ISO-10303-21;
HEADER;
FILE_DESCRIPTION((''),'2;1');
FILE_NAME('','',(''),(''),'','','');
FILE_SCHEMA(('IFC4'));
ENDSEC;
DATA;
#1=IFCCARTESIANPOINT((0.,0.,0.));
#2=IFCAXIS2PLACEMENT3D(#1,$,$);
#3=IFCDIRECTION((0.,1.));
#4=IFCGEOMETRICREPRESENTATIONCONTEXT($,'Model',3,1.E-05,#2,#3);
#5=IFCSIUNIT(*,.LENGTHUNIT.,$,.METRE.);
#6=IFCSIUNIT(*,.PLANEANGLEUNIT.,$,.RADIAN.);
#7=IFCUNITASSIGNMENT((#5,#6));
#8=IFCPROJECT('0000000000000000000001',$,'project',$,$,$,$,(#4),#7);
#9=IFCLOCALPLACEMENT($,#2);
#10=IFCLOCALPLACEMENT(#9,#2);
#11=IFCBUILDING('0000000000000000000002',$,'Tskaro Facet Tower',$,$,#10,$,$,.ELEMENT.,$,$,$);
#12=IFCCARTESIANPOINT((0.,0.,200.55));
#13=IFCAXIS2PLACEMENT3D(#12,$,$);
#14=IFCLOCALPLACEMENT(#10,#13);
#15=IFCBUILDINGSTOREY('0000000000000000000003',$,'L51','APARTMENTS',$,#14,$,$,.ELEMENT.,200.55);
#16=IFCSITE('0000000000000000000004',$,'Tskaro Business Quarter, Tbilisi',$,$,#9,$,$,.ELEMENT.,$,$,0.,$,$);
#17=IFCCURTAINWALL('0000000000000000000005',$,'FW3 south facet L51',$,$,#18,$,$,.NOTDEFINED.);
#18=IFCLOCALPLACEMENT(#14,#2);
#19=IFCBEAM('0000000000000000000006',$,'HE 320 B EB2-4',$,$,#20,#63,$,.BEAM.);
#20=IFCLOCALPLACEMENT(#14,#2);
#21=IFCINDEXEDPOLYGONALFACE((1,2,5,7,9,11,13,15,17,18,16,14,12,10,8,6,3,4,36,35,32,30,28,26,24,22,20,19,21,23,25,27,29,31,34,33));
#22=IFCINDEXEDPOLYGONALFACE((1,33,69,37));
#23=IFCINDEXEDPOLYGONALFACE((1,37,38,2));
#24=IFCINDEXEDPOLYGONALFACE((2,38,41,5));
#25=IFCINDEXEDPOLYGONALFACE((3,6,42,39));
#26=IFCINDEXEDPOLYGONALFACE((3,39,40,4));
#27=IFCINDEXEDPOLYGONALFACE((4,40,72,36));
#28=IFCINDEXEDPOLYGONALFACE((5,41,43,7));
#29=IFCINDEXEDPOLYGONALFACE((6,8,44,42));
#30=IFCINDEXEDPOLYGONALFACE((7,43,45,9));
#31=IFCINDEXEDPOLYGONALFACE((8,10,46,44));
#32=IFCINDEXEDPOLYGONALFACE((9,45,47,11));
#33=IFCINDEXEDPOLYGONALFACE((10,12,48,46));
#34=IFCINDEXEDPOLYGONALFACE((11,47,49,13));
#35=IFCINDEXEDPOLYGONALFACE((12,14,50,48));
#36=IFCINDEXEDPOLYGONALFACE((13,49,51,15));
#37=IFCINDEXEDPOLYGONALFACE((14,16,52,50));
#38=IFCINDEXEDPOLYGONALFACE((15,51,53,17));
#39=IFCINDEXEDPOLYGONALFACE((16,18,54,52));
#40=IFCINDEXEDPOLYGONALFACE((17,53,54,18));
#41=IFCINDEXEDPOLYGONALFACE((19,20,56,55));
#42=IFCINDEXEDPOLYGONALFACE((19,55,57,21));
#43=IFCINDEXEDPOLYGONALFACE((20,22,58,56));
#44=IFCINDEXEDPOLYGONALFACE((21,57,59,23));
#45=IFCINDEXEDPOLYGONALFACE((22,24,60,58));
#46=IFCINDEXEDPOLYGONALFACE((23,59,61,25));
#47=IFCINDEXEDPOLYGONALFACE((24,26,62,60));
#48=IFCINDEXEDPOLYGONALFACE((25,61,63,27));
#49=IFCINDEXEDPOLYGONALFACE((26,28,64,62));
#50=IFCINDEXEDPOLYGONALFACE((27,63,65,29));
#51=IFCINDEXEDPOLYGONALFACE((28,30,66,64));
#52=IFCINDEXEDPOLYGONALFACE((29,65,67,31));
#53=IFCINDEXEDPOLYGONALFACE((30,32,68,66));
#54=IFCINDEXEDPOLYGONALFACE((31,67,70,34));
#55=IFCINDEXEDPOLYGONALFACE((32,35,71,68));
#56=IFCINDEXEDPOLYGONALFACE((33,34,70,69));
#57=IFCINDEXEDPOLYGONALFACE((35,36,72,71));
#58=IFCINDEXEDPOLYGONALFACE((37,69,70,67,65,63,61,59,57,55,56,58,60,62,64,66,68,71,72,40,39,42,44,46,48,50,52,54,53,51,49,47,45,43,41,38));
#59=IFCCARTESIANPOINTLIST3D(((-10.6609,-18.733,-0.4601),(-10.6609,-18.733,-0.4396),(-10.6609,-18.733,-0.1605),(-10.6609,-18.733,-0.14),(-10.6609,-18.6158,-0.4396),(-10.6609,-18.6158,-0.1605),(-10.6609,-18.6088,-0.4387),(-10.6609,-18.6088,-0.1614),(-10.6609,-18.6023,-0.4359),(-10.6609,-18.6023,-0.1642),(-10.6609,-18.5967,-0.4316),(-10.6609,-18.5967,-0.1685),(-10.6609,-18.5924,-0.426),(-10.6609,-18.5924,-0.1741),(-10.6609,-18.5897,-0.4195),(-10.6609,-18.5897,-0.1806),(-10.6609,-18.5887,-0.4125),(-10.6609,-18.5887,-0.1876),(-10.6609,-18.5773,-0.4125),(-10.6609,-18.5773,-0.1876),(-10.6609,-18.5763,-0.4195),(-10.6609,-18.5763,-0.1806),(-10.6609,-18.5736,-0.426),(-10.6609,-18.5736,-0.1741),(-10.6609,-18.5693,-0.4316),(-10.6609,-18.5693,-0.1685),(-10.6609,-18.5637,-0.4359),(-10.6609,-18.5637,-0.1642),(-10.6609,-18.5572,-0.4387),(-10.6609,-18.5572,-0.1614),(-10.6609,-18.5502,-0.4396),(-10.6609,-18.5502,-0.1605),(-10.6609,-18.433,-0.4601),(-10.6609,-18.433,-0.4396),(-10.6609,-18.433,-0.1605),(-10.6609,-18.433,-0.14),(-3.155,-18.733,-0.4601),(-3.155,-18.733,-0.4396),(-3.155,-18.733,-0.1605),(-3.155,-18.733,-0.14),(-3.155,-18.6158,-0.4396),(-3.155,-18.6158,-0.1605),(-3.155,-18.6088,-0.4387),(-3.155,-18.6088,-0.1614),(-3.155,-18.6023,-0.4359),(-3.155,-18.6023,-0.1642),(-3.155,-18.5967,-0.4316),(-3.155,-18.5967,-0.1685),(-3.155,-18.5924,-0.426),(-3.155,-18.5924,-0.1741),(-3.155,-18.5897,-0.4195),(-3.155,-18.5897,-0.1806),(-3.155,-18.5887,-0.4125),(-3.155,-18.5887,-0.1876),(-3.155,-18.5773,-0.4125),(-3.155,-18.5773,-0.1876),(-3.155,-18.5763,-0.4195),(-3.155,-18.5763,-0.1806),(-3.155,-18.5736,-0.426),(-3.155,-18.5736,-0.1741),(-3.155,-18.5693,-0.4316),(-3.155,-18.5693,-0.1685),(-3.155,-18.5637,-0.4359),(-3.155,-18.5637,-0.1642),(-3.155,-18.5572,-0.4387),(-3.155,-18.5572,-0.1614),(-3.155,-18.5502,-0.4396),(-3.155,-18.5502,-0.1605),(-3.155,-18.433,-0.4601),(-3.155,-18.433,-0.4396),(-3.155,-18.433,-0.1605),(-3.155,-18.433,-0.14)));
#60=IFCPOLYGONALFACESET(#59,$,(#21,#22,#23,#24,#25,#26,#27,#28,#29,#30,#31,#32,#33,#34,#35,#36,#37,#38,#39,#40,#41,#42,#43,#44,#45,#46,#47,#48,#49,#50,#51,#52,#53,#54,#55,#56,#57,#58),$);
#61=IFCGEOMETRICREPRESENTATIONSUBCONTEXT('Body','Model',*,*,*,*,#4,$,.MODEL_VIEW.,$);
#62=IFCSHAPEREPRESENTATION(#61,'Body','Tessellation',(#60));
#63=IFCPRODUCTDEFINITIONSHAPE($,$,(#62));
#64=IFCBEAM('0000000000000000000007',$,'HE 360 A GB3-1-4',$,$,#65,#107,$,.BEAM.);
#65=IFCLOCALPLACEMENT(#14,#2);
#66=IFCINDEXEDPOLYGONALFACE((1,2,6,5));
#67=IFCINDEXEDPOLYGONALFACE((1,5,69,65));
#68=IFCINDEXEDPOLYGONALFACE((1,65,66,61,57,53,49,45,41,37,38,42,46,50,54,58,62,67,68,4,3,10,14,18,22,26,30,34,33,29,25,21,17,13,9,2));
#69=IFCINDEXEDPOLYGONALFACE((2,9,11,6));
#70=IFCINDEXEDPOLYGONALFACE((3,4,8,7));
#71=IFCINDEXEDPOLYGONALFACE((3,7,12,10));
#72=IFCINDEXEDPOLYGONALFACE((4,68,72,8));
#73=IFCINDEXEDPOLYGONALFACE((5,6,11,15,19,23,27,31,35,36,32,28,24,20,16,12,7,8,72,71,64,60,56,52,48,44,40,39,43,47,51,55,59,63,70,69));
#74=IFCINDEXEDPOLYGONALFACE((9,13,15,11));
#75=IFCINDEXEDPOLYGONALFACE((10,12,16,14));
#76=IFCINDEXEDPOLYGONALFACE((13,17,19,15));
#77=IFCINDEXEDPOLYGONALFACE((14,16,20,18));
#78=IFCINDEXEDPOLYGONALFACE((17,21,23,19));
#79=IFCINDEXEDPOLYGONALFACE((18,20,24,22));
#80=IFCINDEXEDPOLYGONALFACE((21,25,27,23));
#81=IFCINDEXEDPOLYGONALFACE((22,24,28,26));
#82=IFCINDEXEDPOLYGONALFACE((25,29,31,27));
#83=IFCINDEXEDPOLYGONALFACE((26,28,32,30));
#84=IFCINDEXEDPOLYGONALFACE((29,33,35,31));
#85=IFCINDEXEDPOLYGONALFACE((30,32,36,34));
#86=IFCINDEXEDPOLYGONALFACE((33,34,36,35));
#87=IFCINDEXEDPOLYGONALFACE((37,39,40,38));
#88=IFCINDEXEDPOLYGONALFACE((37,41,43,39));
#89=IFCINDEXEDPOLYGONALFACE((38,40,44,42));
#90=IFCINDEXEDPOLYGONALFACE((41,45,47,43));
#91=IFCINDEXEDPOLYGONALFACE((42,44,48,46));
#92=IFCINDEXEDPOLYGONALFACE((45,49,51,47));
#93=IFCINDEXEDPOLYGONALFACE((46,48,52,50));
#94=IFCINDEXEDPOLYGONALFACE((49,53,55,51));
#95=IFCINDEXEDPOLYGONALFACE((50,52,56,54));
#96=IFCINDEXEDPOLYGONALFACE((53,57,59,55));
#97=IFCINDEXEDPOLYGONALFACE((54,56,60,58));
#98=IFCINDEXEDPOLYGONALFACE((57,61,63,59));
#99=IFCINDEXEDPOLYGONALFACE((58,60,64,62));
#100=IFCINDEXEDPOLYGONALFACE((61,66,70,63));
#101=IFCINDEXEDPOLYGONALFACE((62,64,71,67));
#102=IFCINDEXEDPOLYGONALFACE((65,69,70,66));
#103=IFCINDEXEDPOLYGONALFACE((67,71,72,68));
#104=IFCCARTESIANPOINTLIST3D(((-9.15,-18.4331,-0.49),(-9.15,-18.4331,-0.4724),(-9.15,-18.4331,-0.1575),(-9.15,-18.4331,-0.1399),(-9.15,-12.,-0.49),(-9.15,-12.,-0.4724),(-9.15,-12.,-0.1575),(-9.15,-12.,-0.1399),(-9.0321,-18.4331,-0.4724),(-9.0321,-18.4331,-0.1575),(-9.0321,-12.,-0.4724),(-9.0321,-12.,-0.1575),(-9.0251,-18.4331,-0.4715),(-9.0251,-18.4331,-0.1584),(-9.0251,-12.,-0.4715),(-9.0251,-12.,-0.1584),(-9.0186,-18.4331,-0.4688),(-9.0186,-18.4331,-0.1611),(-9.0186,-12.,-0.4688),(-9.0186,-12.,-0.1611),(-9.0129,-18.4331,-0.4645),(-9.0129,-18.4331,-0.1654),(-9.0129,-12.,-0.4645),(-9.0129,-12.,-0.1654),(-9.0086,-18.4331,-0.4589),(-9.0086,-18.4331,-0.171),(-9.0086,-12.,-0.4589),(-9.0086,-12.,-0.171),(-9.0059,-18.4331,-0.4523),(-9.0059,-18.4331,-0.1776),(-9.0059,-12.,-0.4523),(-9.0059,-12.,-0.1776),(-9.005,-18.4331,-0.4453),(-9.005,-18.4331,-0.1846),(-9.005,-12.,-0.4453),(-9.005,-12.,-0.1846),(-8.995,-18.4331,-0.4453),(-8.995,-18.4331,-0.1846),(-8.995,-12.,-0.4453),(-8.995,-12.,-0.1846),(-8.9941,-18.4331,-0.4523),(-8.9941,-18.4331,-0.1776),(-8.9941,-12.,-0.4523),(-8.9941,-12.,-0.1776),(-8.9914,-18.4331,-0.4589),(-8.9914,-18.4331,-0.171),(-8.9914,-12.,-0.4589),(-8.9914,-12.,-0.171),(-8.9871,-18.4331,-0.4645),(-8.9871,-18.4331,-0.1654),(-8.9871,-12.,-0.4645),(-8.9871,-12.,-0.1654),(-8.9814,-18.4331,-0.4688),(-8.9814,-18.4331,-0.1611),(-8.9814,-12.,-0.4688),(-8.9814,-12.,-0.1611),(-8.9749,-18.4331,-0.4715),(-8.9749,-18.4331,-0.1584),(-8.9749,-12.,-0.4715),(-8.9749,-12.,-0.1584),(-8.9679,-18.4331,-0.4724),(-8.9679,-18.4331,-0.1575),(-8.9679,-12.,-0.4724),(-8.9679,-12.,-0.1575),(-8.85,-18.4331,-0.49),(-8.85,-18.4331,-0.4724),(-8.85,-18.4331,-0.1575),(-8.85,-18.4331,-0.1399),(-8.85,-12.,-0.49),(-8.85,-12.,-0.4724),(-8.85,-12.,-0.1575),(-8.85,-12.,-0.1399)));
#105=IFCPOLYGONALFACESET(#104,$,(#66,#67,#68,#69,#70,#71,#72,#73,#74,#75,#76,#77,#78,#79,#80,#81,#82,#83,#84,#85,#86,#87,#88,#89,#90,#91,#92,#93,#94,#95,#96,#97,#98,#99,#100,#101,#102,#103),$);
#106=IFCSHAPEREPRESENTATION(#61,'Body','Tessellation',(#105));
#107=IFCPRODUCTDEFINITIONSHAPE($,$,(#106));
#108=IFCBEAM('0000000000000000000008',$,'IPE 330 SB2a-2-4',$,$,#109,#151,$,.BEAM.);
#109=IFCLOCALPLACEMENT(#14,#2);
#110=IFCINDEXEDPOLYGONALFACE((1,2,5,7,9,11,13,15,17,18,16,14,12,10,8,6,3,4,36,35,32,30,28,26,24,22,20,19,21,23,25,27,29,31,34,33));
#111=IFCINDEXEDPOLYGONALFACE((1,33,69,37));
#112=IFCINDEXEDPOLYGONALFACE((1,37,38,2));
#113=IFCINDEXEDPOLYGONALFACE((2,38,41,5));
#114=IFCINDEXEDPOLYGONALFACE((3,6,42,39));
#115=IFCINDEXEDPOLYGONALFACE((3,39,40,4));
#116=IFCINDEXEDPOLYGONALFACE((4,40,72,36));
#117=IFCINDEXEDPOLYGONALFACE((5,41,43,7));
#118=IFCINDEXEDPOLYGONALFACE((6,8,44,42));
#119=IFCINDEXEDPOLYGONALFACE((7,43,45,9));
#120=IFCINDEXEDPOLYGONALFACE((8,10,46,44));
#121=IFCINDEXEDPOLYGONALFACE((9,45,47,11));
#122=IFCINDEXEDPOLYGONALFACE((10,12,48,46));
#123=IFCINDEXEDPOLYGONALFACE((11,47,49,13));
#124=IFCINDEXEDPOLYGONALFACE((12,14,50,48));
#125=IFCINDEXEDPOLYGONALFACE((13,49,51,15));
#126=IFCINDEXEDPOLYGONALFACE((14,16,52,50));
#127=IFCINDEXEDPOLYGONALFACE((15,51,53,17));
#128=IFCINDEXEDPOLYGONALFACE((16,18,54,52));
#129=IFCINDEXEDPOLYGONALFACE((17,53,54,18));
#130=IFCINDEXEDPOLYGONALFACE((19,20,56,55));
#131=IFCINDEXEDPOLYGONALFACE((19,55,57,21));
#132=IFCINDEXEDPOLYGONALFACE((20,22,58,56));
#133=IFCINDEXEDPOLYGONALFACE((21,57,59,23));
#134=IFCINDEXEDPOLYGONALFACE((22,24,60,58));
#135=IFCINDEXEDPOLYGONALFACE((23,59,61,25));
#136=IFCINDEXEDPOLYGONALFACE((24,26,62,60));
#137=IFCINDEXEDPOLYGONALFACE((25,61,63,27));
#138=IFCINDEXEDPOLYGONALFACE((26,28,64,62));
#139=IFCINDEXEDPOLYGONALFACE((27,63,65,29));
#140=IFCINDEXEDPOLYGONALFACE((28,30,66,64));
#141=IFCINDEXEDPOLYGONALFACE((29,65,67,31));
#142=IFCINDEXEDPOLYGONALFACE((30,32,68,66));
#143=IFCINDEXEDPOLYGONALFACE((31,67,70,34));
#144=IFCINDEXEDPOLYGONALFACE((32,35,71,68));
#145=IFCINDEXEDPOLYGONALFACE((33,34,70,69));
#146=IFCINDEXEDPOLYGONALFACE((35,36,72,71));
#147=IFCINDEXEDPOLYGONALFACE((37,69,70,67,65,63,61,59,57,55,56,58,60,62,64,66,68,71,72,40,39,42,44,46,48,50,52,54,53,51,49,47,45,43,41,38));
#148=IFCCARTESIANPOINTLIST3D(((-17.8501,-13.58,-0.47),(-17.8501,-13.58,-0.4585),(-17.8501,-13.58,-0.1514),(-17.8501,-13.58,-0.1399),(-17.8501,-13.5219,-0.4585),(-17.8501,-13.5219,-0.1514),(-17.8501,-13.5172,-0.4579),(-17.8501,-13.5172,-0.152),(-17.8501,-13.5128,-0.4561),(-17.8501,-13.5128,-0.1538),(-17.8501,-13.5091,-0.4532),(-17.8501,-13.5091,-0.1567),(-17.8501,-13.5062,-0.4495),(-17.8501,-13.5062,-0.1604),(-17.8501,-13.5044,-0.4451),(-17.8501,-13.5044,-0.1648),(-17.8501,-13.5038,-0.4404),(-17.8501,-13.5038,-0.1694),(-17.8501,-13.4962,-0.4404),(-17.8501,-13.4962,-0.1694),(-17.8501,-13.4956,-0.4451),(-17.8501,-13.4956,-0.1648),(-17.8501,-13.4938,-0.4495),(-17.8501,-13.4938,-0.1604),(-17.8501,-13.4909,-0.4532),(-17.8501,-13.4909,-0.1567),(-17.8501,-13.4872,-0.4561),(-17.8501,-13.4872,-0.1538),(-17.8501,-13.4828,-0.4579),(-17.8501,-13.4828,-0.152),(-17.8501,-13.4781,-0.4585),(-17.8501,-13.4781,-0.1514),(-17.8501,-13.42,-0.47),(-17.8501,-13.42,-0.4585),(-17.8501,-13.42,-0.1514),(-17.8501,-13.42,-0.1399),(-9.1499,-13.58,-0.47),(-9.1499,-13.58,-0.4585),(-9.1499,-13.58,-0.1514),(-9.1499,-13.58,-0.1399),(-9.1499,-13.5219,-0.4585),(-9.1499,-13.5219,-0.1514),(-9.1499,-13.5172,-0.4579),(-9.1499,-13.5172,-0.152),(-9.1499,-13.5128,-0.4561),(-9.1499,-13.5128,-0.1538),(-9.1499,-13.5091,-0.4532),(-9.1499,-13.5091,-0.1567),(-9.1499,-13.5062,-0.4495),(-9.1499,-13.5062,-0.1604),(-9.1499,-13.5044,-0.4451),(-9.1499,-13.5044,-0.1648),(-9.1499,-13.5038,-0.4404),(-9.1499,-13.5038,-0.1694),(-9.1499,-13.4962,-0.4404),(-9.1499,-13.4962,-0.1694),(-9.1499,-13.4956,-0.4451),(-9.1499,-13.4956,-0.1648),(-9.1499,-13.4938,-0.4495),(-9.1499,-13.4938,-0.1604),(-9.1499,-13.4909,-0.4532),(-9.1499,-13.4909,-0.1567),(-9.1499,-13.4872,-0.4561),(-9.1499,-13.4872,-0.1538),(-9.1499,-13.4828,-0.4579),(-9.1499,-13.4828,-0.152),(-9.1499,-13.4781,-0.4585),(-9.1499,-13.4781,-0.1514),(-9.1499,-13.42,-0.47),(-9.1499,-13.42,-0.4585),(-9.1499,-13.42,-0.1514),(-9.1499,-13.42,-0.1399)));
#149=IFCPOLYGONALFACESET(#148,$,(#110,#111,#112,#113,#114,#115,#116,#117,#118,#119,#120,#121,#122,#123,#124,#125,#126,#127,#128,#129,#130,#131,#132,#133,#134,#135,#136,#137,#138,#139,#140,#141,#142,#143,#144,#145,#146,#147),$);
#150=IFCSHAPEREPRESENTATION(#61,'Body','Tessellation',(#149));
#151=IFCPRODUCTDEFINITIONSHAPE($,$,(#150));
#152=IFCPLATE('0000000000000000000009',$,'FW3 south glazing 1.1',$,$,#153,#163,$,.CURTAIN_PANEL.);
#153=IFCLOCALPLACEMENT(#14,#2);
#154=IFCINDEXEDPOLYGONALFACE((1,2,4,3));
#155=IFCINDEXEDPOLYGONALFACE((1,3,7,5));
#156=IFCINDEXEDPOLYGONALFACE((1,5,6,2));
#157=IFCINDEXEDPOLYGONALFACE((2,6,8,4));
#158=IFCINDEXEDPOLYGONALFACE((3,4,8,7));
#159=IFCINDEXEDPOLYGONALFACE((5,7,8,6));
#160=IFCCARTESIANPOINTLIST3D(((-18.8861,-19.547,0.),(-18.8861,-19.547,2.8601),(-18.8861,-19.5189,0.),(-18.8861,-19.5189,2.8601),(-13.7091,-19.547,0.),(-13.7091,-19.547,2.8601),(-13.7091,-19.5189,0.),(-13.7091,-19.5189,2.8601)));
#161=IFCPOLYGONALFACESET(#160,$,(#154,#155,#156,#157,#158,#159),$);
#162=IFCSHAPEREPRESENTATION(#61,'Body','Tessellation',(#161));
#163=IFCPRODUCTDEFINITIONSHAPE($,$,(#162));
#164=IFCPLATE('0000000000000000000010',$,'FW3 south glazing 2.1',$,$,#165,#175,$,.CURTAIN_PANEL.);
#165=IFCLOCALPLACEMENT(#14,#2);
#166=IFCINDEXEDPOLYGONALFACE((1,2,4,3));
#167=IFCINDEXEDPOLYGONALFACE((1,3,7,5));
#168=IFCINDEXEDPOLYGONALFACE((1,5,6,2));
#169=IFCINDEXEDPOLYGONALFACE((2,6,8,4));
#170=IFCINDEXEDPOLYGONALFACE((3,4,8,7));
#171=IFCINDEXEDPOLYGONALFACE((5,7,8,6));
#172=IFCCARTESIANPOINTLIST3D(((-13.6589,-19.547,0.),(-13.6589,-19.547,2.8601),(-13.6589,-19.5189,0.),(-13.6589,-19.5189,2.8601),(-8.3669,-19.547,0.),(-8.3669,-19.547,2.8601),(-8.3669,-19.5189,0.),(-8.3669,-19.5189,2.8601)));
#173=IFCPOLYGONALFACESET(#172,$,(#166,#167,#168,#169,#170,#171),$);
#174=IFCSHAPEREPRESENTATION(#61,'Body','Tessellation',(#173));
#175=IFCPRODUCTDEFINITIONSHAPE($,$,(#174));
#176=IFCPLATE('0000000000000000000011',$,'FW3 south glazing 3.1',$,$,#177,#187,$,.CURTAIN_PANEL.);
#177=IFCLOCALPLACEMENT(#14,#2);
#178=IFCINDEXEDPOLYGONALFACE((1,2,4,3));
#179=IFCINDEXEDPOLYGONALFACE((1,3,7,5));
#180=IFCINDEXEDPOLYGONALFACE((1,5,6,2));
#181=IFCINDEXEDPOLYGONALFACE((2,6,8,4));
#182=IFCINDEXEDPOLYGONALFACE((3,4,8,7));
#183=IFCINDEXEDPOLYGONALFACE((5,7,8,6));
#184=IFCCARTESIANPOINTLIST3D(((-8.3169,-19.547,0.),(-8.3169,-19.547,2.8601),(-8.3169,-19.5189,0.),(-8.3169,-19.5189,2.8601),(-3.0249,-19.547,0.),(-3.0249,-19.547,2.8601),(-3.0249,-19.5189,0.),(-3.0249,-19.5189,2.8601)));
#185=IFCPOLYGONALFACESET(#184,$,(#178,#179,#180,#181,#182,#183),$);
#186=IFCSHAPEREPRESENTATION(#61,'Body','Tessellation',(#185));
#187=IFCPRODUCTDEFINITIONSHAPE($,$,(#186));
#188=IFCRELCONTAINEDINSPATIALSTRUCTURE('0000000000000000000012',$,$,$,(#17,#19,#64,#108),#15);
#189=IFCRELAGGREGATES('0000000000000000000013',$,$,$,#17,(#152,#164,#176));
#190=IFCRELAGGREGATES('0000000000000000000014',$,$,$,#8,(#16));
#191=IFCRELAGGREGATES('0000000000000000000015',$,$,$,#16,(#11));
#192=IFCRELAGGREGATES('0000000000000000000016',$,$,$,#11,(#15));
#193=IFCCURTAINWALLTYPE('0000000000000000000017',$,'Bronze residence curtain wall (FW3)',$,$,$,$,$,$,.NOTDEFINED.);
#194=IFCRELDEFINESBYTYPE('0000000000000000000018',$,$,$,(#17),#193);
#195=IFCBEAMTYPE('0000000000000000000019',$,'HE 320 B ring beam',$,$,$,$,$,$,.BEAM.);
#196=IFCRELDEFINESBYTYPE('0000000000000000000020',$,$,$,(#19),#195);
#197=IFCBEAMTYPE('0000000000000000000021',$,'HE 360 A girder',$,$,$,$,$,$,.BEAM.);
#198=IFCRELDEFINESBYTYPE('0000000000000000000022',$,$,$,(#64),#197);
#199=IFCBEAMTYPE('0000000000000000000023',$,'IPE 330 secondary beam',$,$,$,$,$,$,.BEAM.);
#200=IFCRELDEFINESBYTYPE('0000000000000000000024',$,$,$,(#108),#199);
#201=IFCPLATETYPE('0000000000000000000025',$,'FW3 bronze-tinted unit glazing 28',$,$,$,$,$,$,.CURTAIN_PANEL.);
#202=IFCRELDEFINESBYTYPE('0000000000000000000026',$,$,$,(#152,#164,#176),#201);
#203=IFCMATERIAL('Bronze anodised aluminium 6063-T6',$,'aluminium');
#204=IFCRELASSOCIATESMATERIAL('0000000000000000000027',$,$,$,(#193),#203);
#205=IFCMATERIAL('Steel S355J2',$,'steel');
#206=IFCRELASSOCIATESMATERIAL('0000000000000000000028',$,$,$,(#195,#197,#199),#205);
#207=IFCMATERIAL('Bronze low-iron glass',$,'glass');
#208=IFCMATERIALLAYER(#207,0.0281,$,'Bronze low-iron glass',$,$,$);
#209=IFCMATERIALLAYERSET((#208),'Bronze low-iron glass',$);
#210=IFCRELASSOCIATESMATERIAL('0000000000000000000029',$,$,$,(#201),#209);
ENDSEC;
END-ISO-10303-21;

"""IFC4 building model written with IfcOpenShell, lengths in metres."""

from ifc_helpers import new_model, si_unit, direction, frame, origin, origin_2d, place, context, subcontext, project, spatial, rectangle, i_section, extrude, material, layer, layer_set, material_profile, profile_set, type_object, element, aggregate, save


model = new_model("IFC4")

# Units and contexts
model_context = context("Model", 3, precision=1e-05, world=origin(), true_north=direction((0.0, 1.0)))
body_context = subcontext(model_context, "Body", "Model", "MODEL_VIEW")
ifc_project = project(units=[si_unit("LENGTHUNIT", "METRE"), si_unit("PLANEANGLEUNIT", "RADIAN")], contexts=[model_context])

# Site, building, storey
site_placement = place(None, origin())
site = spatial("IfcSite", under=ifc_project, at=site_placement, Name="Tskaro Business Quarter, Tbilisi", CompositionType="ELEMENT", RefElevation=0.0)
building_placement = place(site_placement, origin())
building = spatial("IfcBuilding", under=site, at=building_placement, Name="Tskaro Facet Tower", CompositionType="ELEMENT")
storey_placement = place(building_placement, frame((0.0, 0.0, 200.55)))
storey = spatial("IfcBuildingStorey", under=building, at=storey_placement, Name="L51", Description="APARTMENTS", CompositionType="ELEMENT", Elevation=200.55)

# Curtain wall
ifc_material_1 = material(Name="Bronze anodised aluminium 6063-T6", Category="aluminium")
curtain_wall_type = type_object("IfcCurtainWallType", Name="Bronze residence curtain wall (FW3)", PredefinedType="NOTDEFINED", material=ifc_material_1)
curtain_wall_placement = place(storey_placement, origin())
curtain_wall = element("IfcCurtainWall", 1, at=curtain_wall_placement, inside=storey, type_object=curtain_wall_type, Name="FW3 south facet L51", PredefinedType="NOTDEFINED")

# Beams
ifc_material_2 = material(Name="Steel S355J2", Category="steel")
ifc_material_profile_1 = material_profile(ifc_material_2, i_section(OverallWidth=0.3, OverallDepth=0.3201, WebThickness=0.0115, FlangeThickness=0.0205, FilletRadius=0.0271, at=origin_2d()), Name="HE 320 B")
ifc_profile_set_1 = profile_set([ifc_material_profile_1], Name="Steel S355J2")
beam_type_1 = type_object("IfcBeamType", Name="HE 320 B ring beam", PredefinedType="BEAM", material=ifc_profile_set_1)
beam_1_placement = place(storey_placement, frame((-10.6609, -18.583, -0.3), z_axis=(1.0, 0.0, 0.0), x_axis=(0.0, 1.0, 0.0)))
element("IfcBeam", 2, at=beam_1_placement, inside=storey, type_object=beam_type_1, Name="HE 320 B EB2-4", PredefinedType="BEAM", context=body_context, shape_type="SweptSolid", body=[
    extrude(i_section(OverallWidth=0.3, OverallDepth=0.3201, WebThickness=0.0115, FlangeThickness=0.0205, FilletRadius=0.0271, at=origin_2d()), origin(), (0.0, 0.0, 1.0), 7.5059),
])
ifc_material_profile_2 = material_profile(ifc_material_2, i_section(OverallWidth=0.3, OverallDepth=0.3501, WebThickness=0.01, FlangeThickness=0.0176, FilletRadius=0.0271, at=origin_2d()), Name="HE 360 A")
ifc_profile_set_2 = profile_set([ifc_material_profile_2], Name="Steel S355J2")
beam_type_2 = type_object("IfcBeamType", Name="HE 360 A girder", PredefinedType="BEAM", material=ifc_profile_set_2)
beam_2_placement = place(storey_placement, frame((-9.0, -18.4331, -0.3149), z_axis=(0.0, 1.0, 0.0), x_axis=(-1.0, 0.0, 0.0)))
element("IfcBeam", 3, at=beam_2_placement, inside=storey, type_object=beam_type_2, Name="HE 360 A GB3-1-4", PredefinedType="BEAM", context=body_context, shape_type="SweptSolid", body=[
    extrude(i_section(OverallWidth=0.3, OverallDepth=0.3501, WebThickness=0.01, FlangeThickness=0.0176, FilletRadius=0.0271, at=origin_2d()), origin(), (0.0, 0.0, 1.0), 6.4331),
])
ifc_material_profile_3 = material_profile(ifc_material_2, i_section(OverallWidth=0.1599, OverallDepth=0.3301, WebThickness=0.0076, FlangeThickness=0.0115, FilletRadius=0.0181, at=origin_2d()), Name="IPE 330")
ifc_profile_set_3 = profile_set([ifc_material_profile_3], Name="Steel S355J2")
beam_type_3 = type_object("IfcBeamType", Name="IPE 330 secondary beam", PredefinedType="BEAM", material=ifc_profile_set_3)
beam_3_placement = place(storey_placement, frame((-17.8501, -13.5, -0.3049), z_axis=(1.0, 0.0, 0.0), x_axis=(0.0, 1.0, 0.0)))
element("IfcBeam", 4, at=beam_3_placement, inside=storey, type_object=beam_type_3, Name="IPE 330 SB2a-2-4", PredefinedType="BEAM", context=body_context, shape_type="SweptSolid", body=[
    extrude(i_section(OverallWidth=0.1599, OverallDepth=0.3301, WebThickness=0.0076, FlangeThickness=0.0115, FilletRadius=0.0181, at=origin_2d()), origin(), (0.0, 0.0, 1.0), 8.7002),
])

# Plates
ifc_material_3 = material(Name="Bronze low-iron glass", Category="glass")
ifc_layer_1 = layer(ifc_material_3, 0.0281, Name="Bronze low-iron glass")
ifc_layer_set_1 = layer_set([ifc_layer_1], Name="Bronze low-iron glass")
plate_type = type_object("IfcPlateType", Name="FW3 bronze-tinted unit glazing 28", PredefinedType="CURTAIN_PANEL", material=ifc_layer_set_1)
plate_1_placement = place(storey_placement, frame((-16.2976, -19.533, 0.0), z_axis=(0.0, 0.0, 1.0), x_axis=(1.0, 0.0, 0.0)))
plate_1 = element("IfcPlate", 5, at=plate_1_placement, type_object=plate_type, Name="FW3 south glazing 1.1", PredefinedType="CURTAIN_PANEL", context=body_context, shape_type="SweptSolid", body=[
    extrude(rectangle(XDim=5.177, YDim=0.0281, at=origin_2d()), origin(), (0.0, 0.0, 1.0), 2.8601),
])
plate_2_placement = place(storey_placement, frame((-11.0129, -19.533, 0.0), z_axis=(0.0, 0.0, 1.0), x_axis=(1.0, 0.0, 0.0)))
plate_2 = element("IfcPlate", 6, at=plate_2_placement, type_object=plate_type, Name="FW3 south glazing 2.1", PredefinedType="CURTAIN_PANEL", context=body_context, shape_type="SweptSolid", body=[
    extrude(rectangle(XDim=5.292, YDim=0.0281, at=origin_2d()), origin(), (0.0, 0.0, 1.0), 2.8601),
])
plate_3_placement = place(storey_placement, frame((-5.6709, -19.533, 0.0), z_axis=(0.0, 0.0, 1.0), x_axis=(1.0, 0.0, 0.0)))
plate_3 = element("IfcPlate", 7, at=plate_3_placement, type_object=plate_type, Name="FW3 south glazing 3.1", PredefinedType="CURTAIN_PANEL", context=body_context, shape_type="SweptSolid", body=[
    extrude(rectangle(XDim=5.292, YDim=0.0281, at=origin_2d()), origin(), (0.0, 0.0, 1.0), 2.8601),
])
aggregate(curtain_wall, [plate_1, plate_2, plate_3])

save(model, "model.ifc")
